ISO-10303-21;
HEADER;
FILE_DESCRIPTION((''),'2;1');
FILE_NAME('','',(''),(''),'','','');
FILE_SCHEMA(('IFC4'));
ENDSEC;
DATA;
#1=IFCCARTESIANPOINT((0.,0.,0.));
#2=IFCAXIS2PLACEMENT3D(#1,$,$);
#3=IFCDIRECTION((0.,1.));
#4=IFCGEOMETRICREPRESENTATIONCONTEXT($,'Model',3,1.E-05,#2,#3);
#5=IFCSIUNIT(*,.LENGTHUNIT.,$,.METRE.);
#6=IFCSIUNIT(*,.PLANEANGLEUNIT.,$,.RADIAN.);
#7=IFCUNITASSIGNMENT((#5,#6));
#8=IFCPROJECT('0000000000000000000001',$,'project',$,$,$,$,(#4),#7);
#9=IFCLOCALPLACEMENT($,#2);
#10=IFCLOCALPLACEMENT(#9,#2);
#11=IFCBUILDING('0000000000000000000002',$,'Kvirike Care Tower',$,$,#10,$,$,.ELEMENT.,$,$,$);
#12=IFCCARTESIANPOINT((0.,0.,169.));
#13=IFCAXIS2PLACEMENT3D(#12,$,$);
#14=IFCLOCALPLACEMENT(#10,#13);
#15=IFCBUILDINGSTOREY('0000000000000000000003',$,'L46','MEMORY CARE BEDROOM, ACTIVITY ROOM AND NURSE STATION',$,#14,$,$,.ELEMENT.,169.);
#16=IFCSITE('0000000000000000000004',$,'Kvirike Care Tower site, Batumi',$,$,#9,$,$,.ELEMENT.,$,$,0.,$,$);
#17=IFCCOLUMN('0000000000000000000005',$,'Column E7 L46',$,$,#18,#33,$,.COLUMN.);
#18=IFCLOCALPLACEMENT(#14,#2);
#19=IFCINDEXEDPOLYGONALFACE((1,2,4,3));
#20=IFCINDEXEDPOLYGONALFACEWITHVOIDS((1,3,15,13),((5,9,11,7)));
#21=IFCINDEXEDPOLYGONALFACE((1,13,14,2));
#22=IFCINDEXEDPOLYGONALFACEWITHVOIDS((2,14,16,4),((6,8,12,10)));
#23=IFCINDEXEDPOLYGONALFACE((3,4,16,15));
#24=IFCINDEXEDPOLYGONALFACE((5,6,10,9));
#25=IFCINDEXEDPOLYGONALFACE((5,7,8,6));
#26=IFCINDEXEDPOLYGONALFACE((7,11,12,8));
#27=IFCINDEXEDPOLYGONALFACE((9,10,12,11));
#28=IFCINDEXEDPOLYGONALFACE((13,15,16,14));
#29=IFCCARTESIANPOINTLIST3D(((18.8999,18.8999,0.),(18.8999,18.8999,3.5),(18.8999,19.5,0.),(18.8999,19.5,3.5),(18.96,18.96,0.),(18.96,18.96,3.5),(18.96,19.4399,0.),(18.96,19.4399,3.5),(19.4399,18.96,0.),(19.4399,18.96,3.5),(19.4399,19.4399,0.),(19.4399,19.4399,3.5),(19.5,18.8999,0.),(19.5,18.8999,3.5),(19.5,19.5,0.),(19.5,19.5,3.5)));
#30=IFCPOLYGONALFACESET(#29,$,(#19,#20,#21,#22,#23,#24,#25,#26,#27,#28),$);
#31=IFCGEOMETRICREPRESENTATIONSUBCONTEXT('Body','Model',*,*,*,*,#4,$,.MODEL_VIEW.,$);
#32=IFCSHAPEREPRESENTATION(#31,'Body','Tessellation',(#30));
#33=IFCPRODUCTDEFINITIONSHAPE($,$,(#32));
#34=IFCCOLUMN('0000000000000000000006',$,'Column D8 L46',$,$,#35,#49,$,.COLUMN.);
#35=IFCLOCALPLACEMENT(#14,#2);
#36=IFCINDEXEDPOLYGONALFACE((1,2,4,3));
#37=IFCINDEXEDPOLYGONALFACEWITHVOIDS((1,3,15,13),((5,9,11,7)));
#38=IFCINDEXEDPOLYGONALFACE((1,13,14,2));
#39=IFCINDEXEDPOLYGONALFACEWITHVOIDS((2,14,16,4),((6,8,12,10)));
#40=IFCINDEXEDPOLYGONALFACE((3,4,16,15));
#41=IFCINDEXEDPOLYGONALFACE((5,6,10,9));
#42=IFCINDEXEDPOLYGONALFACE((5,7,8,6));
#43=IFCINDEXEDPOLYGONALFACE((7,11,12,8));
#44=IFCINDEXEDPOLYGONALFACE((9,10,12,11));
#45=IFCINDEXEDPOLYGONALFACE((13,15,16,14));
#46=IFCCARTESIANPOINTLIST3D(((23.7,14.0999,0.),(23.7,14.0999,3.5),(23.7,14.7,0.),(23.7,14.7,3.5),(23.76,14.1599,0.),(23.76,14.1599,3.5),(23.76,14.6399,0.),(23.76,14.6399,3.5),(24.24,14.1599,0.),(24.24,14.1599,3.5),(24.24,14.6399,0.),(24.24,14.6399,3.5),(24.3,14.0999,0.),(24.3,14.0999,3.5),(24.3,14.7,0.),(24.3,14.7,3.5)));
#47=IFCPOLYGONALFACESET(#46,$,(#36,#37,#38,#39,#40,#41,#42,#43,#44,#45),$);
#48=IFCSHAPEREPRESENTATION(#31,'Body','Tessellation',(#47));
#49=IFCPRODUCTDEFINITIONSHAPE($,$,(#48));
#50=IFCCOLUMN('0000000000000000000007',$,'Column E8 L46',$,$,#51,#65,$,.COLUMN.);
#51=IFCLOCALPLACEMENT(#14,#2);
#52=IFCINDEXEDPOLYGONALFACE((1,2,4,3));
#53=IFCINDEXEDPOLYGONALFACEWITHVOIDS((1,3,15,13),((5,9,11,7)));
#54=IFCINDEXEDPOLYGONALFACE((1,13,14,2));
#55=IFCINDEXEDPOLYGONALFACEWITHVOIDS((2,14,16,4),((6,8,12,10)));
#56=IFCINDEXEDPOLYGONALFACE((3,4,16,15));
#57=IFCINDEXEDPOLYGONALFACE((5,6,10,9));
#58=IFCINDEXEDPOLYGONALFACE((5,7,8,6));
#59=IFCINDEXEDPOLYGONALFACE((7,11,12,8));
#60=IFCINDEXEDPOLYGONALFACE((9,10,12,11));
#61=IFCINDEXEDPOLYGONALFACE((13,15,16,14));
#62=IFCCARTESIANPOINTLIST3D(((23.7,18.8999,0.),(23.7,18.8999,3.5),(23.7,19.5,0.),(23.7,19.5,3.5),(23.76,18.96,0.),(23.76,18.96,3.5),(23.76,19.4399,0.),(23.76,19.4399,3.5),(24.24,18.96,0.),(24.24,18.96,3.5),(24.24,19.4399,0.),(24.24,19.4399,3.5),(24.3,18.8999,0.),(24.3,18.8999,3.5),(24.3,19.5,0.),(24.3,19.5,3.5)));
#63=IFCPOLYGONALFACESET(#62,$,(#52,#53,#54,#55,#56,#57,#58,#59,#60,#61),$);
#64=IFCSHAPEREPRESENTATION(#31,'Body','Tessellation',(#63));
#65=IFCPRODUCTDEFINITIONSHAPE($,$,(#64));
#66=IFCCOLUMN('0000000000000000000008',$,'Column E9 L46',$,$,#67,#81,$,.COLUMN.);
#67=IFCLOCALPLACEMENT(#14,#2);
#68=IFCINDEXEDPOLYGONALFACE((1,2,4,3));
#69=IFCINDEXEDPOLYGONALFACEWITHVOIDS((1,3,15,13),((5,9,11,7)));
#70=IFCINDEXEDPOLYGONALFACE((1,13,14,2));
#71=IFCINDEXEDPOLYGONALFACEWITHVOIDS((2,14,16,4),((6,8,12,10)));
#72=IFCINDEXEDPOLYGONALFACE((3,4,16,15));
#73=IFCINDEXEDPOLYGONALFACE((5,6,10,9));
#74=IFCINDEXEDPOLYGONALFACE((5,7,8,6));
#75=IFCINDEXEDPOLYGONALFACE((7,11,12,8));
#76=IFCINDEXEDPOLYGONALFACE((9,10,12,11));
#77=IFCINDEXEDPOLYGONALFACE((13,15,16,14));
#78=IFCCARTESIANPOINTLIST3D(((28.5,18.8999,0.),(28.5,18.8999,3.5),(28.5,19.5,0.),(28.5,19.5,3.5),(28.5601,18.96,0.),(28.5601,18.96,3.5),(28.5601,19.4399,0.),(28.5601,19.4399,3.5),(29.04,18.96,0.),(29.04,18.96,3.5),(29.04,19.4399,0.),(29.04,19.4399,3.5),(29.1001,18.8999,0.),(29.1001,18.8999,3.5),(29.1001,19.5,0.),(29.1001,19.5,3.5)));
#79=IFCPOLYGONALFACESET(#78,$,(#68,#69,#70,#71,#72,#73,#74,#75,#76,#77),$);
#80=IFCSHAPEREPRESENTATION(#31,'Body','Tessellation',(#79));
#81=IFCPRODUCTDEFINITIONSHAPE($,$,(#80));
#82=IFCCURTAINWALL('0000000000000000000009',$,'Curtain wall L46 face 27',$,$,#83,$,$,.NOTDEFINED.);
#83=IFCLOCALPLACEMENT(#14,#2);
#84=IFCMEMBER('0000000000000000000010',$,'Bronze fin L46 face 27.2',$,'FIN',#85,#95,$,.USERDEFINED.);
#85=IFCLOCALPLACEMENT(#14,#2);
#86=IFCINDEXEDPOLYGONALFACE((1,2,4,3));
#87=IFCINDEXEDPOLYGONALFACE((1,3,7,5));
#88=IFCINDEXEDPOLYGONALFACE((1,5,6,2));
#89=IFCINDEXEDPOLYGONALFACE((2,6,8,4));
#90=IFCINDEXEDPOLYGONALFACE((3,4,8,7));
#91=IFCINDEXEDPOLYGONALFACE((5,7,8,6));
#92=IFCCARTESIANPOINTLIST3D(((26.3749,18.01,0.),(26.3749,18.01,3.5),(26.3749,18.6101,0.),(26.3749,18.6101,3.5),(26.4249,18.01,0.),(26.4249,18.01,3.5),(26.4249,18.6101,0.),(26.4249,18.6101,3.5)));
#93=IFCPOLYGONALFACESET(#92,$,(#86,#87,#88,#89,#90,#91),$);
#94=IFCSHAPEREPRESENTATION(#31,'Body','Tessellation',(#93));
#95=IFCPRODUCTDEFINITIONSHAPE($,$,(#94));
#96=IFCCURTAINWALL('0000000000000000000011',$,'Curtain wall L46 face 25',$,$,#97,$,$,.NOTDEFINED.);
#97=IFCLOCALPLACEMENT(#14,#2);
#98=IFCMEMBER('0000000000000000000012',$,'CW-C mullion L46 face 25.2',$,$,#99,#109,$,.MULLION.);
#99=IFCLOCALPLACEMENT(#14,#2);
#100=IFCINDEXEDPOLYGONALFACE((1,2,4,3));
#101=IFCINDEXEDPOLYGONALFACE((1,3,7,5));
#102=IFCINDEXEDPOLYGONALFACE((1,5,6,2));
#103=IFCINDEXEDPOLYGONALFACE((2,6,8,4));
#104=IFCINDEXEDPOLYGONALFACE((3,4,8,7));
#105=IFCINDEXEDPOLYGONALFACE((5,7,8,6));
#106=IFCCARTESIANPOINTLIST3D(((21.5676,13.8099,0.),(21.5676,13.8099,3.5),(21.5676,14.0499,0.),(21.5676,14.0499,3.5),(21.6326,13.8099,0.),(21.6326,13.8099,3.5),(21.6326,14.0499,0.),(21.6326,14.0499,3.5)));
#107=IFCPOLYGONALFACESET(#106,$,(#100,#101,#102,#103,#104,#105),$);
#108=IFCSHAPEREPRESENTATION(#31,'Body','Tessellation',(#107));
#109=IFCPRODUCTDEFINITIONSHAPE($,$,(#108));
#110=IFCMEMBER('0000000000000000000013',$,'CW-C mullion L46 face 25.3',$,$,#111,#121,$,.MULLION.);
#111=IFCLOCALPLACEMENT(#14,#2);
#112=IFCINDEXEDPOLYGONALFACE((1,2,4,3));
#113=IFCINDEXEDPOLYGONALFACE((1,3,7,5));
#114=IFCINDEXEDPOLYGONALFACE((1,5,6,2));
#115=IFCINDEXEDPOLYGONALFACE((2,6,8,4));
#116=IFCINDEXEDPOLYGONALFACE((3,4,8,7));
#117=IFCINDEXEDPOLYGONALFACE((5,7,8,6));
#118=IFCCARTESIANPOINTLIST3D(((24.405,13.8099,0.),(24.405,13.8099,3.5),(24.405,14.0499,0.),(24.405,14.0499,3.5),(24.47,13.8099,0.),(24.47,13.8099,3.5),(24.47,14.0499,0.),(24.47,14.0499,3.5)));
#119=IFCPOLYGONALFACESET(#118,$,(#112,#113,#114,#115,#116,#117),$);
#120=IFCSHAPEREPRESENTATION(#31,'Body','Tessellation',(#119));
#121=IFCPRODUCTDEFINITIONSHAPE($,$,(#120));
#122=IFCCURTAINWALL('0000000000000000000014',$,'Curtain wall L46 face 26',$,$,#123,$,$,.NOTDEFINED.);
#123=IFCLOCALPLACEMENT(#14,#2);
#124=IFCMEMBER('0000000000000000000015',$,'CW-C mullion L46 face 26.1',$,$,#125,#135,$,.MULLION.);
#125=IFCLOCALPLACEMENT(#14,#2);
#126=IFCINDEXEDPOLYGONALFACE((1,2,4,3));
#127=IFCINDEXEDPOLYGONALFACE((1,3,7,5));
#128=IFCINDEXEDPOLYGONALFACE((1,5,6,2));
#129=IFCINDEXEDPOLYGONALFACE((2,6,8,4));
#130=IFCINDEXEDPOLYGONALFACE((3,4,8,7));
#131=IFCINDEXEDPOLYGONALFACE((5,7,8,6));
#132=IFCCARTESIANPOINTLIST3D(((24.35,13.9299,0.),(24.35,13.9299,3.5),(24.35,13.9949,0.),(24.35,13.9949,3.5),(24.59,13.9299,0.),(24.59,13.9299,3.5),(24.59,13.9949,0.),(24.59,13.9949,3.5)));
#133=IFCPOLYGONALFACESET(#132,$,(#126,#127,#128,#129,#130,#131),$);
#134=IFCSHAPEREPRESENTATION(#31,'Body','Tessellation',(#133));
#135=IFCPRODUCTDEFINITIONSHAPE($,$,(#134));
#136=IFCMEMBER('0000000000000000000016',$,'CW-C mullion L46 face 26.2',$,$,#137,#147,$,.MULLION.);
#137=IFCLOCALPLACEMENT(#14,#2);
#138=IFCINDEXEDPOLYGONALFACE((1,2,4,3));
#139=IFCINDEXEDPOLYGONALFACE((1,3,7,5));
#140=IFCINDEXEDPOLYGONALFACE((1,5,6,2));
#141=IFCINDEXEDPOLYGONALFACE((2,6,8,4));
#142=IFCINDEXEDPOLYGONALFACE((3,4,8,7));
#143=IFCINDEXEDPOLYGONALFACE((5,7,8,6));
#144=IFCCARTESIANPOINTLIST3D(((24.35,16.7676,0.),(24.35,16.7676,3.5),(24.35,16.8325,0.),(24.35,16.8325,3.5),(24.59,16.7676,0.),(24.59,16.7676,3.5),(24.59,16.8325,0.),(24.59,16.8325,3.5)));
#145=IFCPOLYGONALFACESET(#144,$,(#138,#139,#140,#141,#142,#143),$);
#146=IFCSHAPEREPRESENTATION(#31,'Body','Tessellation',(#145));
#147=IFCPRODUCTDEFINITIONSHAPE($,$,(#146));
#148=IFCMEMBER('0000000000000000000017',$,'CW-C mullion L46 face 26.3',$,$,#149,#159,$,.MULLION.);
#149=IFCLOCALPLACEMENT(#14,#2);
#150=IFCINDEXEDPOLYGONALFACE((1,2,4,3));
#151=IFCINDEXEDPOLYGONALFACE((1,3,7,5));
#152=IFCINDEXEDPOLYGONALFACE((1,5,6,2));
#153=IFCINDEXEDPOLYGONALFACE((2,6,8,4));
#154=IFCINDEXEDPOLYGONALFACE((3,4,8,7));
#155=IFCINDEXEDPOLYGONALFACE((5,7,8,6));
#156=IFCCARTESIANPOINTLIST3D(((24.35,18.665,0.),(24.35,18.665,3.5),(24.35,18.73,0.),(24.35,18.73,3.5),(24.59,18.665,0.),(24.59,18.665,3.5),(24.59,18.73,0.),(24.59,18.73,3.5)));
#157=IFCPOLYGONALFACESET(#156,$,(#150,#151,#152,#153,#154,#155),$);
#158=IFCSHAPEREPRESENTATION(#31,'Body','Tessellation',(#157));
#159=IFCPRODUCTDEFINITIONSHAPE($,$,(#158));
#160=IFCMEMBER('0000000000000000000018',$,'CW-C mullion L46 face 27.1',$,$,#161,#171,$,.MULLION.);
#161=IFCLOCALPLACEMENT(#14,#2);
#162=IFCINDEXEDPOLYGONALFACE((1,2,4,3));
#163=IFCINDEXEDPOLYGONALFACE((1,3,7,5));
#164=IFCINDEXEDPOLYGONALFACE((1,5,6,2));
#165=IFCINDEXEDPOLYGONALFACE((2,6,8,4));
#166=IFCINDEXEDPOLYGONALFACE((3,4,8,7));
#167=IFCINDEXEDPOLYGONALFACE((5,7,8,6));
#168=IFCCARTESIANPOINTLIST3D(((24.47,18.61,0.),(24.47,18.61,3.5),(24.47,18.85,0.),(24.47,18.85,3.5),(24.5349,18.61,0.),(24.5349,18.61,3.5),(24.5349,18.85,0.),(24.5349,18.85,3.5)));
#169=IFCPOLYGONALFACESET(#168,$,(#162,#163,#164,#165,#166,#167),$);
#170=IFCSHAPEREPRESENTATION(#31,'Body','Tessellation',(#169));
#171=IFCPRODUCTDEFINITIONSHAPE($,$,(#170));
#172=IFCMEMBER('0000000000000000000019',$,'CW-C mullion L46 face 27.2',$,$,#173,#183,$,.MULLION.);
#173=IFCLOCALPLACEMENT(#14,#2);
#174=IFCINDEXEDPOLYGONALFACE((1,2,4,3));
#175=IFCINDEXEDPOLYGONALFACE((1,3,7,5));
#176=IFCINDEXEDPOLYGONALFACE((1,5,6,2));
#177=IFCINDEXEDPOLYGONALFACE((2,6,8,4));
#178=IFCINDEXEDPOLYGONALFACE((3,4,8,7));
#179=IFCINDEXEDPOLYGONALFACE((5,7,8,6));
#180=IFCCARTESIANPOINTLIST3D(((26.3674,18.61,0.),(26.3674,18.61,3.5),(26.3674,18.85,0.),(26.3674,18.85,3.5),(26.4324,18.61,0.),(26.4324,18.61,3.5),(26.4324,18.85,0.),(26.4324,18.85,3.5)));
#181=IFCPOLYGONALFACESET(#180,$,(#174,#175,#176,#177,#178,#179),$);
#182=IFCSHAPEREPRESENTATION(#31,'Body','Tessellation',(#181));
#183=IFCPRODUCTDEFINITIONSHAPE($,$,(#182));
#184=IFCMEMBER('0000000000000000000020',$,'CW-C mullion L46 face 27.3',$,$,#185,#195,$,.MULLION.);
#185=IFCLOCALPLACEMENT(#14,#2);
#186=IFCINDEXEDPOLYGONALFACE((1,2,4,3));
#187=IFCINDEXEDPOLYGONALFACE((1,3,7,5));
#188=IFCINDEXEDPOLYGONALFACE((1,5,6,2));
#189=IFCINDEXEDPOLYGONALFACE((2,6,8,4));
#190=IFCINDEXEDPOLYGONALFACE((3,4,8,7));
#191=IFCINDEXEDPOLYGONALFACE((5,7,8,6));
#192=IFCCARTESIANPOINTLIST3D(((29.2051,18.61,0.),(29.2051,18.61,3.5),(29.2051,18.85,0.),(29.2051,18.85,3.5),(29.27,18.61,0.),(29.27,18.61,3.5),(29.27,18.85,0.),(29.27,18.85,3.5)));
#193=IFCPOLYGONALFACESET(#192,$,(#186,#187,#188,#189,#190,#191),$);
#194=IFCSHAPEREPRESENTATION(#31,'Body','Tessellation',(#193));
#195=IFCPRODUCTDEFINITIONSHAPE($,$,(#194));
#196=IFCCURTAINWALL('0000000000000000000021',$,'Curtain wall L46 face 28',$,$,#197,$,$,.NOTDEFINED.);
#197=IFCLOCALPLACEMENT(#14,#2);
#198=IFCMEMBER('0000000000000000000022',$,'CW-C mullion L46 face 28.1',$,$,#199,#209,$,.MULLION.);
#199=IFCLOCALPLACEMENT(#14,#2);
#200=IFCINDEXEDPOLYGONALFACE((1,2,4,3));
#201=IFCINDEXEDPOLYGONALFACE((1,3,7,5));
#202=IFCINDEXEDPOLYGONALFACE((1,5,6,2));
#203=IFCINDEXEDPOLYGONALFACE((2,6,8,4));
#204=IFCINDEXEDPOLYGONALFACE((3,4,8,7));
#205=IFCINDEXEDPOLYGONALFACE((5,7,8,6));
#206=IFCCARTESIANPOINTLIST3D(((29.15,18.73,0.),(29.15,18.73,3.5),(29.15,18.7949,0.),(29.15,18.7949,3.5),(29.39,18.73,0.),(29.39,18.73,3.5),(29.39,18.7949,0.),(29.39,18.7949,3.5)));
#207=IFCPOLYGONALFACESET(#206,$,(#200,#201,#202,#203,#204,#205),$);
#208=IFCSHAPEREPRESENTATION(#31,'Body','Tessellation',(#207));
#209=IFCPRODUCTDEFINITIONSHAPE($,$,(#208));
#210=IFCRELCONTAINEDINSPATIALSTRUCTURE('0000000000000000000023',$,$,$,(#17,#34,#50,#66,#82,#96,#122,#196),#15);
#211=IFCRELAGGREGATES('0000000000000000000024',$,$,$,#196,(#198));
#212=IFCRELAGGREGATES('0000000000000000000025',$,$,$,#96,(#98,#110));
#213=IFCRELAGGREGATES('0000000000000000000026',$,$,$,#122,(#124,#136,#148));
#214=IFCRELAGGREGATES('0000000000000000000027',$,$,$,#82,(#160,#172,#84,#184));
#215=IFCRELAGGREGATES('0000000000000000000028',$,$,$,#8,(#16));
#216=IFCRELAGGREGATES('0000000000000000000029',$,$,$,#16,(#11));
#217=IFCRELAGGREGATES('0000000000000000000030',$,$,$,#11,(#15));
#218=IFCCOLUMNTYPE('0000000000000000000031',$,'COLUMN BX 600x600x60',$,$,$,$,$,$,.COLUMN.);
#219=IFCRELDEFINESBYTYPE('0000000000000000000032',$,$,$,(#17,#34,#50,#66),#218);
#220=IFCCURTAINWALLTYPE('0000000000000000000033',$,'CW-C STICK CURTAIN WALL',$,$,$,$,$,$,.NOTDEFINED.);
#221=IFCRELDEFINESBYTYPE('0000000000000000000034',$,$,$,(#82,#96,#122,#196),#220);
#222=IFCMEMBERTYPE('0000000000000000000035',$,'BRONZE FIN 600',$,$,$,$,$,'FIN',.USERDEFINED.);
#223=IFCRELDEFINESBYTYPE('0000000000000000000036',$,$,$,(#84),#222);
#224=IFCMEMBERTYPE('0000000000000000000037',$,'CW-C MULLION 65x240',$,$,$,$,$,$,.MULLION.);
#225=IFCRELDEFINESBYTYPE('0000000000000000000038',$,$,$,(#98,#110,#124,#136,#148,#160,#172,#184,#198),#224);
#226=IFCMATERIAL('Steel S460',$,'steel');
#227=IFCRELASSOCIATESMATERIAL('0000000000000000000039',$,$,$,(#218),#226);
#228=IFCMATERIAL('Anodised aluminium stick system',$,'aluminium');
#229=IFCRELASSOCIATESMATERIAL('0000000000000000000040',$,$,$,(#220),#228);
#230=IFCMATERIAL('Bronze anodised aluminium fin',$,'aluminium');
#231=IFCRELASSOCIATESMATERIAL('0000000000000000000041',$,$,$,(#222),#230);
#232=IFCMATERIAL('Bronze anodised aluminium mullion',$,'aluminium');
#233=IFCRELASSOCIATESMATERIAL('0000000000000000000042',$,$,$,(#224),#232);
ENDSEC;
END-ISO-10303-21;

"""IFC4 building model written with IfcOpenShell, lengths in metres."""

from ifc_helpers import new_model, si_unit, direction, frame, origin, origin_2d, place, context, subcontext, project, spatial, rectangle, hollow_rectangle, extrude, material, material_profile, profile_set, type_object, element, aggregate, save


model = new_model("IFC4")

# Units and contexts
model_context = context("Model", 3, precision=1e-05, world=origin(), true_north=direction((0.0, 1.0)))
body_context = subcontext(model_context, "Body", "Model", "MODEL_VIEW")
ifc_project = project(units=[si_unit("LENGTHUNIT", "METRE"), si_unit("PLANEANGLEUNIT", "RADIAN")], contexts=[model_context])

# Site, building, storey
site_placement = place(None, origin())
site = spatial("IfcSite", under=ifc_project, at=site_placement, Name="Kvirike Care Tower site, Batumi", CompositionType="ELEMENT", RefElevation=0.0)
building_placement = place(site_placement, origin())
building = spatial("IfcBuilding", under=site, at=building_placement, Name="Kvirike Care Tower", CompositionType="ELEMENT")
storey_placement = place(building_placement, frame((0.0, 0.0, 169.0)))
storey = spatial("IfcBuildingStorey", under=building, at=storey_placement, Name="L46", Description="MEMORY CARE BEDROOM, ACTIVITY ROOM AND NURSE STATION", CompositionType="ELEMENT", Elevation=169.0)

# Columns
ifc_material_1 = material(Name="Steel S460", Category="steel")
ifc_material_profile_1 = material_profile(ifc_material_1, hollow_rectangle(XDim=0.6001, YDim=0.6001, WallThickness=0.0601, at=origin_2d()), Name="BX 600x600x60")
ifc_profile_set_1 = profile_set([ifc_material_profile_1], Name="Steel S460")
column_type = type_object("IfcColumnType", Name="COLUMN BX 600x600x60", PredefinedType="COLUMN", material=ifc_profile_set_1)
for number, where, z_axis, x_axis, name in (
    (1, (19.2, 19.2, 0.0), (0.0, 0.0, 1.0), (0.0, 1.0, 0.0), "Column E7 L46"),
    (2, (24.0, 14.3999, 0.0), (0.0, 0.0, 1.0), (0.0, 1.0, 0.0), "Column D8 L46"),
    (3, (24.0, 19.2, 0.0), (0.0, 0.0, 1.0), (0.0, 1.0, 0.0), "Column E8 L46"),
    (4, (28.8, 19.2, 0.0), (0.0, 0.0, 1.0), (0.0, 1.0, 0.0), "Column E9 L46"),
):
    element("IfcColumn", number, at=place(storey_placement, frame(where, z_axis=z_axis, x_axis=x_axis)), inside=storey, type_object=column_type, Name=name, PredefinedType="COLUMN", context=body_context, shape_type="SweptSolid", body=[
        extrude(hollow_rectangle(XDim=0.6001, YDim=0.6001, WallThickness=0.0601, at=origin_2d()), origin(), (0.0, 0.0, 1.0), 3.5),
    ])

# Curtain wall, member
ifc_material_2 = material(Name="Anodised aluminium stick system", Category="aluminium")
curtain_wall_type = type_object("IfcCurtainWallType", Name="CW-C STICK CURTAIN WALL", PredefinedType="NOTDEFINED", material=ifc_material_2)
curtain_wall_1_placement = place(storey_placement, origin())
curtain_wall_1 = element("IfcCurtainWall", 5, at=curtain_wall_1_placement, inside=storey, type_object=curtain_wall_type, Name="Curtain wall L46 face 27", PredefinedType="NOTDEFINED")
ifc_material_3 = material(Name="Bronze anodised aluminium fin", Category="aluminium")
ifc_material_profile_2 = material_profile(ifc_material_3, rectangle(XDim=0.05, YDim=0.6001, at=origin_2d()), Name="BRONZE FIN 600")
ifc_profile_set_2 = profile_set([ifc_material_profile_2], Name="Bronze anodised aluminium fin")
member_type_1 = type_object("IfcMemberType", Name="BRONZE FIN 600", ElementType="FIN", PredefinedType="USERDEFINED", material=ifc_profile_set_2)
member_1_placement = place(storey_placement, frame((26.3999, 18.3101, 0.0), z_axis=(0.0, 0.0, 1.0), x_axis=(1.0, 0.0, 0.0)))
member_1 = element("IfcMember", 6, at=member_1_placement, type_object=member_type_1, Name="Bronze fin L46 face 27.2", ObjectType="FIN", PredefinedType="USERDEFINED", context=body_context, shape_type="SweptSolid", body=[
    extrude(rectangle(XDim=0.05, YDim=0.6001, at=origin_2d()), origin(), (0.0, 0.0, 1.0), 3.5),
])

# Curtain walls, members
curtain_wall_2_placement = place(storey_placement, origin())
curtain_wall_2 = element("IfcCurtainWall", 7, at=curtain_wall_2_placement, inside=storey, type_object=curtain_wall_type, Name="Curtain wall L46 face 25", PredefinedType="NOTDEFINED")
ifc_material_4 = material(Name="Bronze anodised aluminium mullion", Category="aluminium")
ifc_material_profile_3 = material_profile(ifc_material_4, rectangle(XDim=0.0649, YDim=0.24, at=origin_2d()), Name="CW-C MULLION 65x240")
ifc_profile_set_3 = profile_set([ifc_material_profile_3], Name="Bronze anodised aluminium mullion")
member_type_2 = type_object("IfcMemberType", Name="CW-C MULLION 65x240", PredefinedType="MULLION", material=ifc_profile_set_3)
member_2_placement = place(storey_placement, frame((21.6001, 13.9299, 0.0), z_axis=(0.0, 0.0, 1.0), x_axis=(1.0, 0.0, 0.0)))
member_2 = element("IfcMember", 8, at=member_2_placement, type_object=member_type_2, Name="CW-C mullion L46 face 25.2", PredefinedType="MULLION", context=body_context, shape_type="SweptSolid", body=[
    extrude(rectangle(XDim=0.0649, YDim=0.24, at=origin_2d()), origin(), (0.0, 0.0, 1.0), 3.5),
])
member_3_placement = place(storey_placement, frame((24.4375, 13.9299, 0.0), z_axis=(0.0, 0.0, 1.0), x_axis=(1.0, 0.0, 0.0)))
member_3 = element("IfcMember", 9, at=member_3_placement, type_object=member_type_2, Name="CW-C mullion L46 face 25.3", PredefinedType="MULLION", context=body_context, shape_type="SweptSolid", body=[
    extrude(rectangle(XDim=0.0649, YDim=0.24, at=origin_2d()), origin(), (0.0, 0.0, 1.0), 3.5),
])
curtain_wall_3_placement = place(storey_placement, origin())
curtain_wall_3 = element("IfcCurtainWall", 10, at=curtain_wall_3_placement, inside=storey, type_object=curtain_wall_type, Name="Curtain wall L46 face 26", PredefinedType="NOTDEFINED")
member_4_placement = place(storey_placement, frame((24.47, 13.9624, 0.0), z_axis=(0.0, 0.0, 1.0), x_axis=(0.0, 1.0, 0.0)))
member_4 = element("IfcMember", 11, at=member_4_placement, type_object=member_type_2, Name="CW-C mullion L46 face 26.1", PredefinedType="MULLION", context=body_context, shape_type="SweptSolid", body=[
    extrude(rectangle(XDim=0.0649, YDim=0.24, at=origin_2d()), origin(), (0.0, 0.0, 1.0), 3.5),
])
member_5_placement = place(storey_placement, frame((24.47, 16.8, 0.0), z_axis=(0.0, 0.0, 1.0), x_axis=(0.0, 1.0, 0.0)))
member_5 = element("IfcMember", 12, at=member_5_placement, type_object=member_type_2, Name="CW-C mullion L46 face 26.2", PredefinedType="MULLION", context=body_context, shape_type="SweptSolid", body=[
    extrude(rectangle(XDim=0.0649, YDim=0.24, at=origin_2d()), origin(), (0.0, 0.0, 1.0), 3.5),
])
member_6_placement = place(storey_placement, frame((24.47, 18.6975, 0.0), z_axis=(0.0, 0.0, 1.0), x_axis=(0.0, 1.0, 0.0)))
member_6 = element("IfcMember", 13, at=member_6_placement, type_object=member_type_2, Name="CW-C mullion L46 face 26.3", PredefinedType="MULLION", context=body_context, shape_type="SweptSolid", body=[
    extrude(rectangle(XDim=0.0649, YDim=0.24, at=origin_2d()), origin(), (0.0, 0.0, 1.0), 3.5),
])

# Members
member_7_placement = place(storey_placement, frame((24.5024, 18.73, 0.0), z_axis=(0.0, 0.0, 1.0), x_axis=(1.0, 0.0, 0.0)))
member_7 = element("IfcMember", 14, at=member_7_placement, type_object=member_type_2, Name="CW-C mullion L46 face 27.1", PredefinedType="MULLION", context=body_context, shape_type="SweptSolid", body=[
    extrude(rectangle(XDim=0.0649, YDim=0.24, at=origin_2d()), origin(), (0.0, 0.0, 1.0), 3.5),
])
member_8_placement = place(storey_placement, frame((26.3999, 18.73, 0.0), z_axis=(0.0, 0.0, 1.0), x_axis=(1.0, 0.0, 0.0)))
member_8 = element("IfcMember", 15, at=member_8_placement, type_object=member_type_2, Name="CW-C mullion L46 face 27.2", PredefinedType="MULLION", context=body_context, shape_type="SweptSolid", body=[
    extrude(rectangle(XDim=0.0649, YDim=0.24, at=origin_2d()), origin(), (0.0, 0.0, 1.0), 3.5),
])
member_9_placement = place(storey_placement, frame((29.2375, 18.73, 0.0), z_axis=(0.0, 0.0, 1.0), x_axis=(1.0, 0.0, 0.0)))
member_9 = element("IfcMember", 16, at=member_9_placement, type_object=member_type_2, Name="CW-C mullion L46 face 27.3", PredefinedType="MULLION", context=body_context, shape_type="SweptSolid", body=[
    extrude(rectangle(XDim=0.0649, YDim=0.24, at=origin_2d()), origin(), (0.0, 0.0, 1.0), 3.5),
])

# Curtain wall, member
curtain_wall_4_placement = place(storey_placement, origin())
curtain_wall_4 = element("IfcCurtainWall", 17, at=curtain_wall_4_placement, inside=storey, type_object=curtain_wall_type, Name="Curtain wall L46 face 28", PredefinedType="NOTDEFINED")
member_10_placement = place(storey_placement, frame((29.27, 18.7625, 0.0), z_axis=(0.0, 0.0, 1.0), x_axis=(0.0, 1.0, 0.0)))
member_10 = element("IfcMember", 18, at=member_10_placement, type_object=member_type_2, Name="CW-C mullion L46 face 28.1", PredefinedType="MULLION", context=body_context, shape_type="SweptSolid", body=[
    extrude(rectangle(XDim=0.0649, YDim=0.24, at=origin_2d()), origin(), (0.0, 0.0, 1.0), 3.5),
])

aggregate(curtain_wall_4, [member_10])

aggregate(curtain_wall_2, [member_2, member_3])
aggregate(curtain_wall_3, [member_4, member_5, member_6])
aggregate(curtain_wall_1, [member_7, member_8, member_1, member_9])

save(model, "model.ifc")
